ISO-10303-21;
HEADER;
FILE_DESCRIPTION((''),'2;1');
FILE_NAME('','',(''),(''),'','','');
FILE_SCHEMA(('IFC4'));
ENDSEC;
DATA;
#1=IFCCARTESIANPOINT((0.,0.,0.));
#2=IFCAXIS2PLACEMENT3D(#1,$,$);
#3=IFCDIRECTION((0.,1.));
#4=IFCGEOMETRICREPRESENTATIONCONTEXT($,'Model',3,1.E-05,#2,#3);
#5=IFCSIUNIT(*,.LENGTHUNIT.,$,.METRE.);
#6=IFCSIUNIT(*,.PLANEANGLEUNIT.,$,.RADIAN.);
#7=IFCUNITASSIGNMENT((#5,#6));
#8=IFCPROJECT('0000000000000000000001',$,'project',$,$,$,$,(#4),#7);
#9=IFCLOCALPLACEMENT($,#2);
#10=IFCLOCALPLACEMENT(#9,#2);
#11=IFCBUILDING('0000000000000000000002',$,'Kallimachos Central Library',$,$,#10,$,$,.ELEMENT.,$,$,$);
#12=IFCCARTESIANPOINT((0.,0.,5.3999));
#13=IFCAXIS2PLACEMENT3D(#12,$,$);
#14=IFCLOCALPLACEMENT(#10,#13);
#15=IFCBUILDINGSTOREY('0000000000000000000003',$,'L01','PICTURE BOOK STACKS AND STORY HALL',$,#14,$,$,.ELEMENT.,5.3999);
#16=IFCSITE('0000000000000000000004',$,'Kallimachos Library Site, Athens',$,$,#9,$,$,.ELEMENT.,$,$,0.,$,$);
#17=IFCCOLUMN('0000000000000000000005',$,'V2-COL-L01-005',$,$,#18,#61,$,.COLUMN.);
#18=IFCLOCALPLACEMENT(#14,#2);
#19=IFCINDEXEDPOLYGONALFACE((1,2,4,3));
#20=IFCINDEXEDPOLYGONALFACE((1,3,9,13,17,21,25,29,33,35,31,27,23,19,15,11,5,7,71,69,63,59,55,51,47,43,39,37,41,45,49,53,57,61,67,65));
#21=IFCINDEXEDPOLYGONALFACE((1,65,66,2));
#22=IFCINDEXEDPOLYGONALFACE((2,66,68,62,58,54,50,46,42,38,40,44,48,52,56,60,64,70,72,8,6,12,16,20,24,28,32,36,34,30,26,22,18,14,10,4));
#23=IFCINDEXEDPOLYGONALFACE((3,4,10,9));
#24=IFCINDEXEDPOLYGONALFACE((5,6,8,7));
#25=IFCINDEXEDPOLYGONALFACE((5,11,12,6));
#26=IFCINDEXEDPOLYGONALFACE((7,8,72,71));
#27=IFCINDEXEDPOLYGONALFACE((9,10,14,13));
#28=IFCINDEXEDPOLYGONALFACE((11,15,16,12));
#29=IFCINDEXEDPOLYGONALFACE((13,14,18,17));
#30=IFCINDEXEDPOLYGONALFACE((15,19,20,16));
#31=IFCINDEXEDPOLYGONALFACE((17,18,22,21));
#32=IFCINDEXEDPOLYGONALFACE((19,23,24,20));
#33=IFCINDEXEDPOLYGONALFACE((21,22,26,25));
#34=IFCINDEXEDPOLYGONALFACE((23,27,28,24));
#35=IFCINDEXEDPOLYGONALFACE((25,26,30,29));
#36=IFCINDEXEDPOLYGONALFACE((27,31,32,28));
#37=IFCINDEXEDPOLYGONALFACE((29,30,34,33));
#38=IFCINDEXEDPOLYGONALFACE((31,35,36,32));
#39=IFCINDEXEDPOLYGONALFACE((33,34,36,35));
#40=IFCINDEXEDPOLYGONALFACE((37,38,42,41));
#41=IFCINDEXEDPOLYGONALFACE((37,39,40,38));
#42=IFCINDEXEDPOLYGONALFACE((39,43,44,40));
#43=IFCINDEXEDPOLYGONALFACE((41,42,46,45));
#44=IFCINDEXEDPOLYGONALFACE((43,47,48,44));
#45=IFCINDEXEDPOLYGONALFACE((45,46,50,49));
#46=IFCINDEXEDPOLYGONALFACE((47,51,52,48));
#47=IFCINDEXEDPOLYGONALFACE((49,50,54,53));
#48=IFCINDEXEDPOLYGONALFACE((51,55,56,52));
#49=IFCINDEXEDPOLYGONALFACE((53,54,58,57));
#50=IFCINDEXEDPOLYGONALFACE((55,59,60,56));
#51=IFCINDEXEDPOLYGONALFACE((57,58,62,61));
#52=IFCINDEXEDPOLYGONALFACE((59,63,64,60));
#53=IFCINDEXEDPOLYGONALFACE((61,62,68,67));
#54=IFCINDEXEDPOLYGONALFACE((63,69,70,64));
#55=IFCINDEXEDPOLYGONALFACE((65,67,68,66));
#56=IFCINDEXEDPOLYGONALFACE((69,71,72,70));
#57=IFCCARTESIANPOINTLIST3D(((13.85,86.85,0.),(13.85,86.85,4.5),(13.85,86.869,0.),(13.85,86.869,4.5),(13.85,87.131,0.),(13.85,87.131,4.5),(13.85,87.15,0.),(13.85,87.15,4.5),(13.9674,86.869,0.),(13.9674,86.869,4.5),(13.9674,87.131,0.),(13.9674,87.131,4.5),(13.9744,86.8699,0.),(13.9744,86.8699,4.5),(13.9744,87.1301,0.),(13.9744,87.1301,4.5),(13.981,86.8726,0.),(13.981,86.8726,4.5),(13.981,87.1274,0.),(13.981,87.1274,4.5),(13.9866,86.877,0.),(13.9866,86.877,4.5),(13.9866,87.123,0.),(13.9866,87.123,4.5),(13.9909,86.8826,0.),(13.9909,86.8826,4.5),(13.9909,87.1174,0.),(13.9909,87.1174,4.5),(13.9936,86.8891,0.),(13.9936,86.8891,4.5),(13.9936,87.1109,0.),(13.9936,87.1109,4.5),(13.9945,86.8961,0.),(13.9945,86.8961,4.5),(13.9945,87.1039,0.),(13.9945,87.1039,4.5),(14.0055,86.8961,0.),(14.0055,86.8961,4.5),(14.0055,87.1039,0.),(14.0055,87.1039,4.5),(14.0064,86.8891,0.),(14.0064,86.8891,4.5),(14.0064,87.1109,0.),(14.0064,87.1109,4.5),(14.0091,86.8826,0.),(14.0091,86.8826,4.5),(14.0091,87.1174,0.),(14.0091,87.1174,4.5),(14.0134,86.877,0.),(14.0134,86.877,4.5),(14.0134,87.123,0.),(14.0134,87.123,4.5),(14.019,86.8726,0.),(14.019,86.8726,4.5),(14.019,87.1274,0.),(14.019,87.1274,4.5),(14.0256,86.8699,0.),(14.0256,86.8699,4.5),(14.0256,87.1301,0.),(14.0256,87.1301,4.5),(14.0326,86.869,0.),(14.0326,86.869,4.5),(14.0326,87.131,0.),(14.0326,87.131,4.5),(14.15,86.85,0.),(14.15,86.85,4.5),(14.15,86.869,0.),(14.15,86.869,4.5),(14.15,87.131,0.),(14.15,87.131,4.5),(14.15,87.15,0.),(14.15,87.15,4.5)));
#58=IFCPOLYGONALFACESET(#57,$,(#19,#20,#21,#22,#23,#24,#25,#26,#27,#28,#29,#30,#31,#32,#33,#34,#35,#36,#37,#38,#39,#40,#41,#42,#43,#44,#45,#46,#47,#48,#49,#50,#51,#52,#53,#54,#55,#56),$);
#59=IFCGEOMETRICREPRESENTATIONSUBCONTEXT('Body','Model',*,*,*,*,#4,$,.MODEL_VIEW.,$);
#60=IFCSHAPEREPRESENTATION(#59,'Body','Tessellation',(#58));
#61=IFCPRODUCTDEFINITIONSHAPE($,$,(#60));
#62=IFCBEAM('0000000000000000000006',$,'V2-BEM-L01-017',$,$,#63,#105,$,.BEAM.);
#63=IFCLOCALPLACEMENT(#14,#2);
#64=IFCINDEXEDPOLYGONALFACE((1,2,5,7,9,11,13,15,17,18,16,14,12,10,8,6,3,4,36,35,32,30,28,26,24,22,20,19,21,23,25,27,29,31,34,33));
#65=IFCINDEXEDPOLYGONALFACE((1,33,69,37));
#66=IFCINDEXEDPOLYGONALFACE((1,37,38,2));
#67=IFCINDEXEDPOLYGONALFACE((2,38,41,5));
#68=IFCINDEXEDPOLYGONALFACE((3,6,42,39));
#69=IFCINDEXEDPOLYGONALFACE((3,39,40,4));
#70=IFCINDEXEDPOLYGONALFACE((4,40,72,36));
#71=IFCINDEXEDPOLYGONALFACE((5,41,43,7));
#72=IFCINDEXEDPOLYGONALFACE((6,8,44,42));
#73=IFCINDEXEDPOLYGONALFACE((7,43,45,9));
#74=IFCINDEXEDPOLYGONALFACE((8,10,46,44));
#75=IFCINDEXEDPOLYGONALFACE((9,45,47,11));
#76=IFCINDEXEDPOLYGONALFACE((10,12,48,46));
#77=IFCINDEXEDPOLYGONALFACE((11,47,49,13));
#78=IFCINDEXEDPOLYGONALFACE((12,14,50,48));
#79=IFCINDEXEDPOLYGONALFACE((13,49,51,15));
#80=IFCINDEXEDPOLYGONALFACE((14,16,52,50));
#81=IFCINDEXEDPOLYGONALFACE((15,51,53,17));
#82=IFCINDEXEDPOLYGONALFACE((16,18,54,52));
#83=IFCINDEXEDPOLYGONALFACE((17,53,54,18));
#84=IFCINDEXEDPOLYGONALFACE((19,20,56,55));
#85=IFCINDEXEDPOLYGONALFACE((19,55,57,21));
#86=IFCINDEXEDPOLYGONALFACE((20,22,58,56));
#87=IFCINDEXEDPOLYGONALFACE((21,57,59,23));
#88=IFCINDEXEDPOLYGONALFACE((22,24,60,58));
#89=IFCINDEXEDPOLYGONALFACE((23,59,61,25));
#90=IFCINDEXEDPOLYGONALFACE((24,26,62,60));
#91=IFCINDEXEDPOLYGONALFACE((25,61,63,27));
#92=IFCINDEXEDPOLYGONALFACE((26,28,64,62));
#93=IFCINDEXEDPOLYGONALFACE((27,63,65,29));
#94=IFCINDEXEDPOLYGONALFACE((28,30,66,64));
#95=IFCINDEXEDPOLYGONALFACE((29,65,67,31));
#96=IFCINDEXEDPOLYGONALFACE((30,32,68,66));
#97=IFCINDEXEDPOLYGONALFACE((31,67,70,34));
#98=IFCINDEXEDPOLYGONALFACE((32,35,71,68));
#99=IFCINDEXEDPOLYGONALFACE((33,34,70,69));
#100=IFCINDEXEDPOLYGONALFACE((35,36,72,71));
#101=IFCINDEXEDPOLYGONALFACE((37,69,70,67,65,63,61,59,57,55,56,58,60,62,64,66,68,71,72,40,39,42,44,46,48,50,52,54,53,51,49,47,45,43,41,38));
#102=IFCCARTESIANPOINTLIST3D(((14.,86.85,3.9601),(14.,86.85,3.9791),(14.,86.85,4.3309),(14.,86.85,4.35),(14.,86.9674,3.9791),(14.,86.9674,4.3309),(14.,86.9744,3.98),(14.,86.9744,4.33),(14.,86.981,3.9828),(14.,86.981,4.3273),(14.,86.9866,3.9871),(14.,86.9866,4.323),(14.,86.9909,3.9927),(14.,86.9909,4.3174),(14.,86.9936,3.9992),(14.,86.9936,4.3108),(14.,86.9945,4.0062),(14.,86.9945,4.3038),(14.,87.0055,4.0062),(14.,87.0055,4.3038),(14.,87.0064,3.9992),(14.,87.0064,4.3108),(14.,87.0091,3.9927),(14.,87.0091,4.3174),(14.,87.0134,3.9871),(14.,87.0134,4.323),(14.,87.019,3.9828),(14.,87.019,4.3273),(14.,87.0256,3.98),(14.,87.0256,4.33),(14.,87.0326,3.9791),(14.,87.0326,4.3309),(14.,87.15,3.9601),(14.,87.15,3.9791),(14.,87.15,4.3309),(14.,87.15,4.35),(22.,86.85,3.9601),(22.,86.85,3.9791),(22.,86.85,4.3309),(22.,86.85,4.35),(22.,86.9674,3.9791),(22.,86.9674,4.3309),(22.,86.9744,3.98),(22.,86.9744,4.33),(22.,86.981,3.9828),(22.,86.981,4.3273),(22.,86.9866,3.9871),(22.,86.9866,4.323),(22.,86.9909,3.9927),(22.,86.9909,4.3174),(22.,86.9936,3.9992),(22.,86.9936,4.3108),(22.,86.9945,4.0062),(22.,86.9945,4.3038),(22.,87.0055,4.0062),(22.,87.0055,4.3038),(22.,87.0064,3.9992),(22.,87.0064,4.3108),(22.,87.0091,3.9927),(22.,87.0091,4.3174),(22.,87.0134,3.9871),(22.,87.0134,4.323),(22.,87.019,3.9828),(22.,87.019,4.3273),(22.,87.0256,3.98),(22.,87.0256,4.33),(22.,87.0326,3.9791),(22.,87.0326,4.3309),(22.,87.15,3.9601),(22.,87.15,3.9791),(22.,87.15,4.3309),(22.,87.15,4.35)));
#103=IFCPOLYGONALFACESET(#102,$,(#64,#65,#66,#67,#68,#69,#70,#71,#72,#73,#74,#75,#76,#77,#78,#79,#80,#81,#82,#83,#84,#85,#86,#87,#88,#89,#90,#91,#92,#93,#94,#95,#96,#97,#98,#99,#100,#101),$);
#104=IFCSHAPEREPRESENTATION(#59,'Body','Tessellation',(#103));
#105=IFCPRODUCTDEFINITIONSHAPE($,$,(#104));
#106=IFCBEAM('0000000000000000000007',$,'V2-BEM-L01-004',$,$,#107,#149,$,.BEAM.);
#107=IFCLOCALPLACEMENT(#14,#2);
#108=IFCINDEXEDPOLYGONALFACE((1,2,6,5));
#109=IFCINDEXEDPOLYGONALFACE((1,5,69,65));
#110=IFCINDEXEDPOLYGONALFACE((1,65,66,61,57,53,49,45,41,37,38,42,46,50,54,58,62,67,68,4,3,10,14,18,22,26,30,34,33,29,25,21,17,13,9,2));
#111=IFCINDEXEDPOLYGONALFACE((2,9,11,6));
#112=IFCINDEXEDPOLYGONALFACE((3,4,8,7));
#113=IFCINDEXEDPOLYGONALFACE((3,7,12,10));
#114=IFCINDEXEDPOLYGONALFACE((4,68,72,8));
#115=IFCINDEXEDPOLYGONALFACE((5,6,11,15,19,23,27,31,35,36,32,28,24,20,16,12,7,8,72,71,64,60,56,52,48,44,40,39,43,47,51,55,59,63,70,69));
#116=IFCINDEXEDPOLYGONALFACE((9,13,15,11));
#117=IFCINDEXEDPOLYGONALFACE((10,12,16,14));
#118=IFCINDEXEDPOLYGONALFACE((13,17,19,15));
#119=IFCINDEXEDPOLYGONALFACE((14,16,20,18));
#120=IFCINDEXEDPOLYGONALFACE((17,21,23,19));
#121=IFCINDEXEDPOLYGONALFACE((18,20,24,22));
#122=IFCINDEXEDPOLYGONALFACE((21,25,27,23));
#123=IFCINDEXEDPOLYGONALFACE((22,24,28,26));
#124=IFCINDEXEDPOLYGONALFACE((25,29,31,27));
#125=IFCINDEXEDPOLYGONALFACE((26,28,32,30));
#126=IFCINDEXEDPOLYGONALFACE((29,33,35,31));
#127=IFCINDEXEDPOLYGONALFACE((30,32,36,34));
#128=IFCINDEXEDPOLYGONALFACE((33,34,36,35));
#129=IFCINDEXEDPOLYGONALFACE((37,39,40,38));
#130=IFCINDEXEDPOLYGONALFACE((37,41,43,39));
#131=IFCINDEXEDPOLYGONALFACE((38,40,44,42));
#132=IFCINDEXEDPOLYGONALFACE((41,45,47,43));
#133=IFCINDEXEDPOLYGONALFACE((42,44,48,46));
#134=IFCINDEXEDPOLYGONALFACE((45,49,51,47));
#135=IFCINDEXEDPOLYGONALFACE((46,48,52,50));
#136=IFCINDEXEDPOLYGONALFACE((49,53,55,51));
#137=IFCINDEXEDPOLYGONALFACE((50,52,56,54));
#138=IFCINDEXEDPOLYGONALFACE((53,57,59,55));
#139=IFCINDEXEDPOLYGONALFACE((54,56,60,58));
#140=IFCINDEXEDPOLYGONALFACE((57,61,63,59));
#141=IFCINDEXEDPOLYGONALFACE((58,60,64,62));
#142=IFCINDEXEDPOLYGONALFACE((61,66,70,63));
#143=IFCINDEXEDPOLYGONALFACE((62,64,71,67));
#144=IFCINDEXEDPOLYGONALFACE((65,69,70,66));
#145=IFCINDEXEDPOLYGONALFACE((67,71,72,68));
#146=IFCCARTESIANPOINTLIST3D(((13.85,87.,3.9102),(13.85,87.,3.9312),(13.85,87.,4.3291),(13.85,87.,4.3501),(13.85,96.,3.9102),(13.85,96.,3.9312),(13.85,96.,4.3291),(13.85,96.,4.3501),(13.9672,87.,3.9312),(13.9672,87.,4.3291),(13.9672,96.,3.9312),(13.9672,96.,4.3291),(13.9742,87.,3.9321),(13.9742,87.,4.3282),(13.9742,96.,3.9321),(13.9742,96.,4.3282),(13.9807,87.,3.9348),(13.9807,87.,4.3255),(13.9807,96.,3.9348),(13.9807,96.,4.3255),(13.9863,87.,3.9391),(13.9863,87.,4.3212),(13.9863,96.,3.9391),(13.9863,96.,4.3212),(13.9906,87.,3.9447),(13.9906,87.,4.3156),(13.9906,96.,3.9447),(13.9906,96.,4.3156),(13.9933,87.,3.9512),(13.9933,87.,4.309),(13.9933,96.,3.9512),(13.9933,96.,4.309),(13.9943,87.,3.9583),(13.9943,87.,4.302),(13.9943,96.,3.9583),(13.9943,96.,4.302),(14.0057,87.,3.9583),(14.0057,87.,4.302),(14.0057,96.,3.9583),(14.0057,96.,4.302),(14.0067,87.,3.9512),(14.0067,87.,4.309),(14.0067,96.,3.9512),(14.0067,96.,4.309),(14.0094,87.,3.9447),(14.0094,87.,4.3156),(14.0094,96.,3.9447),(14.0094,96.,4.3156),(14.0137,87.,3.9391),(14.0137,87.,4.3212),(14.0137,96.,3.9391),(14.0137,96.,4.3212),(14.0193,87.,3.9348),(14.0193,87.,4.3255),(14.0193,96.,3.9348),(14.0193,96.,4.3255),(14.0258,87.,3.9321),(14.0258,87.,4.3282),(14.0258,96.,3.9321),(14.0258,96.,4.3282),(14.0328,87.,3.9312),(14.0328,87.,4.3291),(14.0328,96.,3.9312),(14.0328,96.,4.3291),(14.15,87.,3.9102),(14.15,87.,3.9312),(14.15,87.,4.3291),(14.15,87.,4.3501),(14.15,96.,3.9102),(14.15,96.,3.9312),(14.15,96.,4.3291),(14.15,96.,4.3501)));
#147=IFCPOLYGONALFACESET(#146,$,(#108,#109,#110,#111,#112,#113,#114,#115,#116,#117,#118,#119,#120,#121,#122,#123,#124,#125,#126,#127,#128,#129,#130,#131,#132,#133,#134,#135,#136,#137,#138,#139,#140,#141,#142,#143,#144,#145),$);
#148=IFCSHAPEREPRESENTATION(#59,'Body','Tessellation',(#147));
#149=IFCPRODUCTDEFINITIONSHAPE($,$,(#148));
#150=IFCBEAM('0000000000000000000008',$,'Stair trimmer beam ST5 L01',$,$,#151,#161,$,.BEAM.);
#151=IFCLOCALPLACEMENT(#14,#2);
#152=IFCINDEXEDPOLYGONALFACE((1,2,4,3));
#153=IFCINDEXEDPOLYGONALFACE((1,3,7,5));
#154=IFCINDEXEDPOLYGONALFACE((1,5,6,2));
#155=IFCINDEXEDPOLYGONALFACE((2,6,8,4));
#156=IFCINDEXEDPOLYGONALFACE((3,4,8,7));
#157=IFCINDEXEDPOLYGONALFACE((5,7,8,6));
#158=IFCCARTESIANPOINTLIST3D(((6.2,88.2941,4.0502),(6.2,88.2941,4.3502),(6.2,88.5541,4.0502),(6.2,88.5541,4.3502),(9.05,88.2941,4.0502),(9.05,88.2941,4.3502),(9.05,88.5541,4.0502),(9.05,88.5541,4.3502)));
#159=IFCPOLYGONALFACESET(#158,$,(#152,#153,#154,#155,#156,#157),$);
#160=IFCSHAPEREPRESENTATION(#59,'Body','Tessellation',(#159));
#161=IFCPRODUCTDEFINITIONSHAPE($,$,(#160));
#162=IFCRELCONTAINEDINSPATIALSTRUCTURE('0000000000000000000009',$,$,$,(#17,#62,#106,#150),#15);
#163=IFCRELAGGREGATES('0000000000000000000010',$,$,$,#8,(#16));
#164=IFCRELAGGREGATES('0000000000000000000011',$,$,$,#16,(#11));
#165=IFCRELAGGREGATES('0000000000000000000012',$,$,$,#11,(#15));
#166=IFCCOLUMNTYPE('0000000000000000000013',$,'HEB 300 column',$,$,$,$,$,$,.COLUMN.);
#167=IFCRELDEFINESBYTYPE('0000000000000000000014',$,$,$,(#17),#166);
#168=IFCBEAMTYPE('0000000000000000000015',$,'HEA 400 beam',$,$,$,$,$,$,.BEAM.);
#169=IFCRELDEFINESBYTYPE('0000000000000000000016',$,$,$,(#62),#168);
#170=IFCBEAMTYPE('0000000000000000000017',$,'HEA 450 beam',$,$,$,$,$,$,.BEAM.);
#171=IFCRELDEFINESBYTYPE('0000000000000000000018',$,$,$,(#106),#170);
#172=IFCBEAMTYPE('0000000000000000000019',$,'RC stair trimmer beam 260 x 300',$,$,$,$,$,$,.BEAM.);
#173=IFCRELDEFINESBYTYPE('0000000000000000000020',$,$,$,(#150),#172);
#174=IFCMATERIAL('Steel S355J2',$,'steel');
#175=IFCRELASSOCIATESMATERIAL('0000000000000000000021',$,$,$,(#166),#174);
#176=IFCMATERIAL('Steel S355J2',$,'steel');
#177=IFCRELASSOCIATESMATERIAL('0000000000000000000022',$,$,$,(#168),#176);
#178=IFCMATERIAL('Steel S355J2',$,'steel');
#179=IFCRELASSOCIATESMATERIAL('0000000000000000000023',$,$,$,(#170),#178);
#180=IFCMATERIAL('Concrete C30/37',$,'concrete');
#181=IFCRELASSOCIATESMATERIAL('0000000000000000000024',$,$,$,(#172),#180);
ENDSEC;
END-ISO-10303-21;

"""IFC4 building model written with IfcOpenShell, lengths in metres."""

from ifc_helpers import new_model, si_unit, direction, frame, origin, origin_2d, place, context, subcontext, project, spatial, rectangle, i_section, extrude, material, material_profile, profile_set, type_object, element, save


model = new_model("IFC4")

# Units and contexts
model_context = context("Model", 3, precision=1e-05, world=origin(), true_north=direction((0.0, 1.0)))
body_context = subcontext(model_context, "Body", "Model", "MODEL_VIEW")
ifc_project = project(units=[si_unit("LENGTHUNIT", "METRE"), si_unit("PLANEANGLEUNIT", "RADIAN")], contexts=[model_context])

# Site, building, storey
site_placement = place(None, origin())
site = spatial("IfcSite", under=ifc_project, at=site_placement, Name="Kallimachos Library Site, Athens", CompositionType="ELEMENT", RefElevation=0.0)
building_placement = place(site_placement, origin())
building = spatial("IfcBuilding", under=site, at=building_placement, Name="Kallimachos Central Library", CompositionType="ELEMENT")
storey_placement = place(building_placement, frame((0.0, 0.0, 5.3999)))
storey = spatial("IfcBuildingStorey", under=building, at=storey_placement, Name="L01", Description="PICTURE BOOK STACKS AND STORY HALL", CompositionType="ELEMENT", Elevation=5.3999)

# Column
ifc_material_1 = material(Name="Steel S355J2", Category="steel")
ifc_material_profile_1 = material_profile(ifc_material_1, i_section(OverallWidth=0.3, OverallDepth=0.3, WebThickness=0.011, FlangeThickness=0.019, FilletRadius=0.0271, at=origin_2d()), Name="HEB 300")
ifc_profile_set_1 = profile_set([ifc_material_profile_1], Name="Steel S355J2")
column_type = type_object("IfcColumnType", Name="HEB 300 column", PredefinedType="COLUMN", material=ifc_profile_set_1)
column_placement = place(storey_placement, frame((14.0, 87.0, 0.0), z_axis=(0.0, 0.0, 1.0), x_axis=(1.0, 0.0, 0.0)))
element("IfcColumn", 1, at=column_placement, inside=storey, type_object=column_type, Name="V2-COL-L01-005", PredefinedType="COLUMN", context=body_context, shape_type="SweptSolid", body=[
    extrude(i_section(OverallWidth=0.3, OverallDepth=0.3, WebThickness=0.011, FlangeThickness=0.019, FilletRadius=0.0271, at=origin_2d()), origin(), (0.0, 0.0, 1.0), 4.5),
])

# Beams
ifc_material_2 = material(Name="Steel S355J2", Category="steel")
ifc_material_profile_2 = material_profile(ifc_material_2, i_section(OverallWidth=0.3, OverallDepth=0.3899, WebThickness=0.011, FlangeThickness=0.019, FilletRadius=0.0271, at=origin_2d()), Name="HEA 400")
ifc_profile_set_2 = profile_set([ifc_material_profile_2], Name="Steel S355J2")
beam_type_1 = type_object("IfcBeamType", Name="HEA 400 beam", PredefinedType="BEAM", material=ifc_profile_set_2)
beam_1_placement = place(storey_placement, frame((14.0, 87.0, 4.155), z_axis=(1.0, 0.0, 0.0), x_axis=(0.0, 1.0, 0.0)))
element("IfcBeam", 2, at=beam_1_placement, inside=storey, type_object=beam_type_1, Name="V2-BEM-L01-017", PredefinedType="BEAM", context=body_context, shape_type="SweptSolid", body=[
    extrude(i_section(OverallWidth=0.3, OverallDepth=0.3899, WebThickness=0.011, FlangeThickness=0.019, FilletRadius=0.0271, at=origin_2d()), origin(), (0.0, 0.0, 1.0), 8.0),
])
ifc_material_3 = material(Name="Steel S355J2", Category="steel")
ifc_material_profile_3 = material_profile(ifc_material_3, i_section(OverallWidth=0.3, OverallDepth=0.4399, WebThickness=0.0115, FlangeThickness=0.021, FilletRadius=0.0271, at=origin_2d()), Name="HEA 450")
ifc_profile_set_3 = profile_set([ifc_material_profile_3], Name="Steel S355J2")
beam_type_2 = type_object("IfcBeamType", Name="HEA 450 beam", PredefinedType="BEAM", material=ifc_profile_set_3)
beam_2_placement = place(storey_placement, frame((14.0, 87.0, 4.1301), z_axis=(0.0, 1.0, 0.0), x_axis=(-1.0, 0.0, 0.0)))
element("IfcBeam", 3, at=beam_2_placement, inside=storey, type_object=beam_type_2, Name="V2-BEM-L01-004", PredefinedType="BEAM", context=body_context, shape_type="SweptSolid", body=[
    extrude(i_section(OverallWidth=0.3, OverallDepth=0.4399, WebThickness=0.0115, FlangeThickness=0.021, FilletRadius=0.0271, at=origin_2d()), origin(), (0.0, 0.0, 1.0), 9.0),
])
ifc_material_4 = material(Name="Concrete C30/37", Category="concrete")
ifc_material_profile_4 = material_profile(ifc_material_4, rectangle(XDim=0.26, YDim=0.3, at=origin_2d()), Name="RC stair trimmer beam 260 x 300")
ifc_profile_set_4 = profile_set([ifc_material_profile_4], Name="Concrete C30/37")
beam_type_3 = type_object("IfcBeamType", Name="RC stair trimmer beam 260 x 300", PredefinedType="BEAM", material=ifc_profile_set_4)
beam_3_placement = place(storey_placement, frame((9.05, 88.4241, 4.2002), z_axis=(-1.0, 0.0, 0.0), x_axis=(0.0, -1.0, 0.0)))
element("IfcBeam", 4, at=beam_3_placement, inside=storey, type_object=beam_type_3, Name="Stair trimmer beam ST5 L01", PredefinedType="BEAM", context=body_context, shape_type="SweptSolid", body=[
    extrude(rectangle(XDim=0.26, YDim=0.3, at=origin_2d()), origin(), (0.0, 0.0, 1.0), 2.8501),
])

save(model, "model.ifc")
